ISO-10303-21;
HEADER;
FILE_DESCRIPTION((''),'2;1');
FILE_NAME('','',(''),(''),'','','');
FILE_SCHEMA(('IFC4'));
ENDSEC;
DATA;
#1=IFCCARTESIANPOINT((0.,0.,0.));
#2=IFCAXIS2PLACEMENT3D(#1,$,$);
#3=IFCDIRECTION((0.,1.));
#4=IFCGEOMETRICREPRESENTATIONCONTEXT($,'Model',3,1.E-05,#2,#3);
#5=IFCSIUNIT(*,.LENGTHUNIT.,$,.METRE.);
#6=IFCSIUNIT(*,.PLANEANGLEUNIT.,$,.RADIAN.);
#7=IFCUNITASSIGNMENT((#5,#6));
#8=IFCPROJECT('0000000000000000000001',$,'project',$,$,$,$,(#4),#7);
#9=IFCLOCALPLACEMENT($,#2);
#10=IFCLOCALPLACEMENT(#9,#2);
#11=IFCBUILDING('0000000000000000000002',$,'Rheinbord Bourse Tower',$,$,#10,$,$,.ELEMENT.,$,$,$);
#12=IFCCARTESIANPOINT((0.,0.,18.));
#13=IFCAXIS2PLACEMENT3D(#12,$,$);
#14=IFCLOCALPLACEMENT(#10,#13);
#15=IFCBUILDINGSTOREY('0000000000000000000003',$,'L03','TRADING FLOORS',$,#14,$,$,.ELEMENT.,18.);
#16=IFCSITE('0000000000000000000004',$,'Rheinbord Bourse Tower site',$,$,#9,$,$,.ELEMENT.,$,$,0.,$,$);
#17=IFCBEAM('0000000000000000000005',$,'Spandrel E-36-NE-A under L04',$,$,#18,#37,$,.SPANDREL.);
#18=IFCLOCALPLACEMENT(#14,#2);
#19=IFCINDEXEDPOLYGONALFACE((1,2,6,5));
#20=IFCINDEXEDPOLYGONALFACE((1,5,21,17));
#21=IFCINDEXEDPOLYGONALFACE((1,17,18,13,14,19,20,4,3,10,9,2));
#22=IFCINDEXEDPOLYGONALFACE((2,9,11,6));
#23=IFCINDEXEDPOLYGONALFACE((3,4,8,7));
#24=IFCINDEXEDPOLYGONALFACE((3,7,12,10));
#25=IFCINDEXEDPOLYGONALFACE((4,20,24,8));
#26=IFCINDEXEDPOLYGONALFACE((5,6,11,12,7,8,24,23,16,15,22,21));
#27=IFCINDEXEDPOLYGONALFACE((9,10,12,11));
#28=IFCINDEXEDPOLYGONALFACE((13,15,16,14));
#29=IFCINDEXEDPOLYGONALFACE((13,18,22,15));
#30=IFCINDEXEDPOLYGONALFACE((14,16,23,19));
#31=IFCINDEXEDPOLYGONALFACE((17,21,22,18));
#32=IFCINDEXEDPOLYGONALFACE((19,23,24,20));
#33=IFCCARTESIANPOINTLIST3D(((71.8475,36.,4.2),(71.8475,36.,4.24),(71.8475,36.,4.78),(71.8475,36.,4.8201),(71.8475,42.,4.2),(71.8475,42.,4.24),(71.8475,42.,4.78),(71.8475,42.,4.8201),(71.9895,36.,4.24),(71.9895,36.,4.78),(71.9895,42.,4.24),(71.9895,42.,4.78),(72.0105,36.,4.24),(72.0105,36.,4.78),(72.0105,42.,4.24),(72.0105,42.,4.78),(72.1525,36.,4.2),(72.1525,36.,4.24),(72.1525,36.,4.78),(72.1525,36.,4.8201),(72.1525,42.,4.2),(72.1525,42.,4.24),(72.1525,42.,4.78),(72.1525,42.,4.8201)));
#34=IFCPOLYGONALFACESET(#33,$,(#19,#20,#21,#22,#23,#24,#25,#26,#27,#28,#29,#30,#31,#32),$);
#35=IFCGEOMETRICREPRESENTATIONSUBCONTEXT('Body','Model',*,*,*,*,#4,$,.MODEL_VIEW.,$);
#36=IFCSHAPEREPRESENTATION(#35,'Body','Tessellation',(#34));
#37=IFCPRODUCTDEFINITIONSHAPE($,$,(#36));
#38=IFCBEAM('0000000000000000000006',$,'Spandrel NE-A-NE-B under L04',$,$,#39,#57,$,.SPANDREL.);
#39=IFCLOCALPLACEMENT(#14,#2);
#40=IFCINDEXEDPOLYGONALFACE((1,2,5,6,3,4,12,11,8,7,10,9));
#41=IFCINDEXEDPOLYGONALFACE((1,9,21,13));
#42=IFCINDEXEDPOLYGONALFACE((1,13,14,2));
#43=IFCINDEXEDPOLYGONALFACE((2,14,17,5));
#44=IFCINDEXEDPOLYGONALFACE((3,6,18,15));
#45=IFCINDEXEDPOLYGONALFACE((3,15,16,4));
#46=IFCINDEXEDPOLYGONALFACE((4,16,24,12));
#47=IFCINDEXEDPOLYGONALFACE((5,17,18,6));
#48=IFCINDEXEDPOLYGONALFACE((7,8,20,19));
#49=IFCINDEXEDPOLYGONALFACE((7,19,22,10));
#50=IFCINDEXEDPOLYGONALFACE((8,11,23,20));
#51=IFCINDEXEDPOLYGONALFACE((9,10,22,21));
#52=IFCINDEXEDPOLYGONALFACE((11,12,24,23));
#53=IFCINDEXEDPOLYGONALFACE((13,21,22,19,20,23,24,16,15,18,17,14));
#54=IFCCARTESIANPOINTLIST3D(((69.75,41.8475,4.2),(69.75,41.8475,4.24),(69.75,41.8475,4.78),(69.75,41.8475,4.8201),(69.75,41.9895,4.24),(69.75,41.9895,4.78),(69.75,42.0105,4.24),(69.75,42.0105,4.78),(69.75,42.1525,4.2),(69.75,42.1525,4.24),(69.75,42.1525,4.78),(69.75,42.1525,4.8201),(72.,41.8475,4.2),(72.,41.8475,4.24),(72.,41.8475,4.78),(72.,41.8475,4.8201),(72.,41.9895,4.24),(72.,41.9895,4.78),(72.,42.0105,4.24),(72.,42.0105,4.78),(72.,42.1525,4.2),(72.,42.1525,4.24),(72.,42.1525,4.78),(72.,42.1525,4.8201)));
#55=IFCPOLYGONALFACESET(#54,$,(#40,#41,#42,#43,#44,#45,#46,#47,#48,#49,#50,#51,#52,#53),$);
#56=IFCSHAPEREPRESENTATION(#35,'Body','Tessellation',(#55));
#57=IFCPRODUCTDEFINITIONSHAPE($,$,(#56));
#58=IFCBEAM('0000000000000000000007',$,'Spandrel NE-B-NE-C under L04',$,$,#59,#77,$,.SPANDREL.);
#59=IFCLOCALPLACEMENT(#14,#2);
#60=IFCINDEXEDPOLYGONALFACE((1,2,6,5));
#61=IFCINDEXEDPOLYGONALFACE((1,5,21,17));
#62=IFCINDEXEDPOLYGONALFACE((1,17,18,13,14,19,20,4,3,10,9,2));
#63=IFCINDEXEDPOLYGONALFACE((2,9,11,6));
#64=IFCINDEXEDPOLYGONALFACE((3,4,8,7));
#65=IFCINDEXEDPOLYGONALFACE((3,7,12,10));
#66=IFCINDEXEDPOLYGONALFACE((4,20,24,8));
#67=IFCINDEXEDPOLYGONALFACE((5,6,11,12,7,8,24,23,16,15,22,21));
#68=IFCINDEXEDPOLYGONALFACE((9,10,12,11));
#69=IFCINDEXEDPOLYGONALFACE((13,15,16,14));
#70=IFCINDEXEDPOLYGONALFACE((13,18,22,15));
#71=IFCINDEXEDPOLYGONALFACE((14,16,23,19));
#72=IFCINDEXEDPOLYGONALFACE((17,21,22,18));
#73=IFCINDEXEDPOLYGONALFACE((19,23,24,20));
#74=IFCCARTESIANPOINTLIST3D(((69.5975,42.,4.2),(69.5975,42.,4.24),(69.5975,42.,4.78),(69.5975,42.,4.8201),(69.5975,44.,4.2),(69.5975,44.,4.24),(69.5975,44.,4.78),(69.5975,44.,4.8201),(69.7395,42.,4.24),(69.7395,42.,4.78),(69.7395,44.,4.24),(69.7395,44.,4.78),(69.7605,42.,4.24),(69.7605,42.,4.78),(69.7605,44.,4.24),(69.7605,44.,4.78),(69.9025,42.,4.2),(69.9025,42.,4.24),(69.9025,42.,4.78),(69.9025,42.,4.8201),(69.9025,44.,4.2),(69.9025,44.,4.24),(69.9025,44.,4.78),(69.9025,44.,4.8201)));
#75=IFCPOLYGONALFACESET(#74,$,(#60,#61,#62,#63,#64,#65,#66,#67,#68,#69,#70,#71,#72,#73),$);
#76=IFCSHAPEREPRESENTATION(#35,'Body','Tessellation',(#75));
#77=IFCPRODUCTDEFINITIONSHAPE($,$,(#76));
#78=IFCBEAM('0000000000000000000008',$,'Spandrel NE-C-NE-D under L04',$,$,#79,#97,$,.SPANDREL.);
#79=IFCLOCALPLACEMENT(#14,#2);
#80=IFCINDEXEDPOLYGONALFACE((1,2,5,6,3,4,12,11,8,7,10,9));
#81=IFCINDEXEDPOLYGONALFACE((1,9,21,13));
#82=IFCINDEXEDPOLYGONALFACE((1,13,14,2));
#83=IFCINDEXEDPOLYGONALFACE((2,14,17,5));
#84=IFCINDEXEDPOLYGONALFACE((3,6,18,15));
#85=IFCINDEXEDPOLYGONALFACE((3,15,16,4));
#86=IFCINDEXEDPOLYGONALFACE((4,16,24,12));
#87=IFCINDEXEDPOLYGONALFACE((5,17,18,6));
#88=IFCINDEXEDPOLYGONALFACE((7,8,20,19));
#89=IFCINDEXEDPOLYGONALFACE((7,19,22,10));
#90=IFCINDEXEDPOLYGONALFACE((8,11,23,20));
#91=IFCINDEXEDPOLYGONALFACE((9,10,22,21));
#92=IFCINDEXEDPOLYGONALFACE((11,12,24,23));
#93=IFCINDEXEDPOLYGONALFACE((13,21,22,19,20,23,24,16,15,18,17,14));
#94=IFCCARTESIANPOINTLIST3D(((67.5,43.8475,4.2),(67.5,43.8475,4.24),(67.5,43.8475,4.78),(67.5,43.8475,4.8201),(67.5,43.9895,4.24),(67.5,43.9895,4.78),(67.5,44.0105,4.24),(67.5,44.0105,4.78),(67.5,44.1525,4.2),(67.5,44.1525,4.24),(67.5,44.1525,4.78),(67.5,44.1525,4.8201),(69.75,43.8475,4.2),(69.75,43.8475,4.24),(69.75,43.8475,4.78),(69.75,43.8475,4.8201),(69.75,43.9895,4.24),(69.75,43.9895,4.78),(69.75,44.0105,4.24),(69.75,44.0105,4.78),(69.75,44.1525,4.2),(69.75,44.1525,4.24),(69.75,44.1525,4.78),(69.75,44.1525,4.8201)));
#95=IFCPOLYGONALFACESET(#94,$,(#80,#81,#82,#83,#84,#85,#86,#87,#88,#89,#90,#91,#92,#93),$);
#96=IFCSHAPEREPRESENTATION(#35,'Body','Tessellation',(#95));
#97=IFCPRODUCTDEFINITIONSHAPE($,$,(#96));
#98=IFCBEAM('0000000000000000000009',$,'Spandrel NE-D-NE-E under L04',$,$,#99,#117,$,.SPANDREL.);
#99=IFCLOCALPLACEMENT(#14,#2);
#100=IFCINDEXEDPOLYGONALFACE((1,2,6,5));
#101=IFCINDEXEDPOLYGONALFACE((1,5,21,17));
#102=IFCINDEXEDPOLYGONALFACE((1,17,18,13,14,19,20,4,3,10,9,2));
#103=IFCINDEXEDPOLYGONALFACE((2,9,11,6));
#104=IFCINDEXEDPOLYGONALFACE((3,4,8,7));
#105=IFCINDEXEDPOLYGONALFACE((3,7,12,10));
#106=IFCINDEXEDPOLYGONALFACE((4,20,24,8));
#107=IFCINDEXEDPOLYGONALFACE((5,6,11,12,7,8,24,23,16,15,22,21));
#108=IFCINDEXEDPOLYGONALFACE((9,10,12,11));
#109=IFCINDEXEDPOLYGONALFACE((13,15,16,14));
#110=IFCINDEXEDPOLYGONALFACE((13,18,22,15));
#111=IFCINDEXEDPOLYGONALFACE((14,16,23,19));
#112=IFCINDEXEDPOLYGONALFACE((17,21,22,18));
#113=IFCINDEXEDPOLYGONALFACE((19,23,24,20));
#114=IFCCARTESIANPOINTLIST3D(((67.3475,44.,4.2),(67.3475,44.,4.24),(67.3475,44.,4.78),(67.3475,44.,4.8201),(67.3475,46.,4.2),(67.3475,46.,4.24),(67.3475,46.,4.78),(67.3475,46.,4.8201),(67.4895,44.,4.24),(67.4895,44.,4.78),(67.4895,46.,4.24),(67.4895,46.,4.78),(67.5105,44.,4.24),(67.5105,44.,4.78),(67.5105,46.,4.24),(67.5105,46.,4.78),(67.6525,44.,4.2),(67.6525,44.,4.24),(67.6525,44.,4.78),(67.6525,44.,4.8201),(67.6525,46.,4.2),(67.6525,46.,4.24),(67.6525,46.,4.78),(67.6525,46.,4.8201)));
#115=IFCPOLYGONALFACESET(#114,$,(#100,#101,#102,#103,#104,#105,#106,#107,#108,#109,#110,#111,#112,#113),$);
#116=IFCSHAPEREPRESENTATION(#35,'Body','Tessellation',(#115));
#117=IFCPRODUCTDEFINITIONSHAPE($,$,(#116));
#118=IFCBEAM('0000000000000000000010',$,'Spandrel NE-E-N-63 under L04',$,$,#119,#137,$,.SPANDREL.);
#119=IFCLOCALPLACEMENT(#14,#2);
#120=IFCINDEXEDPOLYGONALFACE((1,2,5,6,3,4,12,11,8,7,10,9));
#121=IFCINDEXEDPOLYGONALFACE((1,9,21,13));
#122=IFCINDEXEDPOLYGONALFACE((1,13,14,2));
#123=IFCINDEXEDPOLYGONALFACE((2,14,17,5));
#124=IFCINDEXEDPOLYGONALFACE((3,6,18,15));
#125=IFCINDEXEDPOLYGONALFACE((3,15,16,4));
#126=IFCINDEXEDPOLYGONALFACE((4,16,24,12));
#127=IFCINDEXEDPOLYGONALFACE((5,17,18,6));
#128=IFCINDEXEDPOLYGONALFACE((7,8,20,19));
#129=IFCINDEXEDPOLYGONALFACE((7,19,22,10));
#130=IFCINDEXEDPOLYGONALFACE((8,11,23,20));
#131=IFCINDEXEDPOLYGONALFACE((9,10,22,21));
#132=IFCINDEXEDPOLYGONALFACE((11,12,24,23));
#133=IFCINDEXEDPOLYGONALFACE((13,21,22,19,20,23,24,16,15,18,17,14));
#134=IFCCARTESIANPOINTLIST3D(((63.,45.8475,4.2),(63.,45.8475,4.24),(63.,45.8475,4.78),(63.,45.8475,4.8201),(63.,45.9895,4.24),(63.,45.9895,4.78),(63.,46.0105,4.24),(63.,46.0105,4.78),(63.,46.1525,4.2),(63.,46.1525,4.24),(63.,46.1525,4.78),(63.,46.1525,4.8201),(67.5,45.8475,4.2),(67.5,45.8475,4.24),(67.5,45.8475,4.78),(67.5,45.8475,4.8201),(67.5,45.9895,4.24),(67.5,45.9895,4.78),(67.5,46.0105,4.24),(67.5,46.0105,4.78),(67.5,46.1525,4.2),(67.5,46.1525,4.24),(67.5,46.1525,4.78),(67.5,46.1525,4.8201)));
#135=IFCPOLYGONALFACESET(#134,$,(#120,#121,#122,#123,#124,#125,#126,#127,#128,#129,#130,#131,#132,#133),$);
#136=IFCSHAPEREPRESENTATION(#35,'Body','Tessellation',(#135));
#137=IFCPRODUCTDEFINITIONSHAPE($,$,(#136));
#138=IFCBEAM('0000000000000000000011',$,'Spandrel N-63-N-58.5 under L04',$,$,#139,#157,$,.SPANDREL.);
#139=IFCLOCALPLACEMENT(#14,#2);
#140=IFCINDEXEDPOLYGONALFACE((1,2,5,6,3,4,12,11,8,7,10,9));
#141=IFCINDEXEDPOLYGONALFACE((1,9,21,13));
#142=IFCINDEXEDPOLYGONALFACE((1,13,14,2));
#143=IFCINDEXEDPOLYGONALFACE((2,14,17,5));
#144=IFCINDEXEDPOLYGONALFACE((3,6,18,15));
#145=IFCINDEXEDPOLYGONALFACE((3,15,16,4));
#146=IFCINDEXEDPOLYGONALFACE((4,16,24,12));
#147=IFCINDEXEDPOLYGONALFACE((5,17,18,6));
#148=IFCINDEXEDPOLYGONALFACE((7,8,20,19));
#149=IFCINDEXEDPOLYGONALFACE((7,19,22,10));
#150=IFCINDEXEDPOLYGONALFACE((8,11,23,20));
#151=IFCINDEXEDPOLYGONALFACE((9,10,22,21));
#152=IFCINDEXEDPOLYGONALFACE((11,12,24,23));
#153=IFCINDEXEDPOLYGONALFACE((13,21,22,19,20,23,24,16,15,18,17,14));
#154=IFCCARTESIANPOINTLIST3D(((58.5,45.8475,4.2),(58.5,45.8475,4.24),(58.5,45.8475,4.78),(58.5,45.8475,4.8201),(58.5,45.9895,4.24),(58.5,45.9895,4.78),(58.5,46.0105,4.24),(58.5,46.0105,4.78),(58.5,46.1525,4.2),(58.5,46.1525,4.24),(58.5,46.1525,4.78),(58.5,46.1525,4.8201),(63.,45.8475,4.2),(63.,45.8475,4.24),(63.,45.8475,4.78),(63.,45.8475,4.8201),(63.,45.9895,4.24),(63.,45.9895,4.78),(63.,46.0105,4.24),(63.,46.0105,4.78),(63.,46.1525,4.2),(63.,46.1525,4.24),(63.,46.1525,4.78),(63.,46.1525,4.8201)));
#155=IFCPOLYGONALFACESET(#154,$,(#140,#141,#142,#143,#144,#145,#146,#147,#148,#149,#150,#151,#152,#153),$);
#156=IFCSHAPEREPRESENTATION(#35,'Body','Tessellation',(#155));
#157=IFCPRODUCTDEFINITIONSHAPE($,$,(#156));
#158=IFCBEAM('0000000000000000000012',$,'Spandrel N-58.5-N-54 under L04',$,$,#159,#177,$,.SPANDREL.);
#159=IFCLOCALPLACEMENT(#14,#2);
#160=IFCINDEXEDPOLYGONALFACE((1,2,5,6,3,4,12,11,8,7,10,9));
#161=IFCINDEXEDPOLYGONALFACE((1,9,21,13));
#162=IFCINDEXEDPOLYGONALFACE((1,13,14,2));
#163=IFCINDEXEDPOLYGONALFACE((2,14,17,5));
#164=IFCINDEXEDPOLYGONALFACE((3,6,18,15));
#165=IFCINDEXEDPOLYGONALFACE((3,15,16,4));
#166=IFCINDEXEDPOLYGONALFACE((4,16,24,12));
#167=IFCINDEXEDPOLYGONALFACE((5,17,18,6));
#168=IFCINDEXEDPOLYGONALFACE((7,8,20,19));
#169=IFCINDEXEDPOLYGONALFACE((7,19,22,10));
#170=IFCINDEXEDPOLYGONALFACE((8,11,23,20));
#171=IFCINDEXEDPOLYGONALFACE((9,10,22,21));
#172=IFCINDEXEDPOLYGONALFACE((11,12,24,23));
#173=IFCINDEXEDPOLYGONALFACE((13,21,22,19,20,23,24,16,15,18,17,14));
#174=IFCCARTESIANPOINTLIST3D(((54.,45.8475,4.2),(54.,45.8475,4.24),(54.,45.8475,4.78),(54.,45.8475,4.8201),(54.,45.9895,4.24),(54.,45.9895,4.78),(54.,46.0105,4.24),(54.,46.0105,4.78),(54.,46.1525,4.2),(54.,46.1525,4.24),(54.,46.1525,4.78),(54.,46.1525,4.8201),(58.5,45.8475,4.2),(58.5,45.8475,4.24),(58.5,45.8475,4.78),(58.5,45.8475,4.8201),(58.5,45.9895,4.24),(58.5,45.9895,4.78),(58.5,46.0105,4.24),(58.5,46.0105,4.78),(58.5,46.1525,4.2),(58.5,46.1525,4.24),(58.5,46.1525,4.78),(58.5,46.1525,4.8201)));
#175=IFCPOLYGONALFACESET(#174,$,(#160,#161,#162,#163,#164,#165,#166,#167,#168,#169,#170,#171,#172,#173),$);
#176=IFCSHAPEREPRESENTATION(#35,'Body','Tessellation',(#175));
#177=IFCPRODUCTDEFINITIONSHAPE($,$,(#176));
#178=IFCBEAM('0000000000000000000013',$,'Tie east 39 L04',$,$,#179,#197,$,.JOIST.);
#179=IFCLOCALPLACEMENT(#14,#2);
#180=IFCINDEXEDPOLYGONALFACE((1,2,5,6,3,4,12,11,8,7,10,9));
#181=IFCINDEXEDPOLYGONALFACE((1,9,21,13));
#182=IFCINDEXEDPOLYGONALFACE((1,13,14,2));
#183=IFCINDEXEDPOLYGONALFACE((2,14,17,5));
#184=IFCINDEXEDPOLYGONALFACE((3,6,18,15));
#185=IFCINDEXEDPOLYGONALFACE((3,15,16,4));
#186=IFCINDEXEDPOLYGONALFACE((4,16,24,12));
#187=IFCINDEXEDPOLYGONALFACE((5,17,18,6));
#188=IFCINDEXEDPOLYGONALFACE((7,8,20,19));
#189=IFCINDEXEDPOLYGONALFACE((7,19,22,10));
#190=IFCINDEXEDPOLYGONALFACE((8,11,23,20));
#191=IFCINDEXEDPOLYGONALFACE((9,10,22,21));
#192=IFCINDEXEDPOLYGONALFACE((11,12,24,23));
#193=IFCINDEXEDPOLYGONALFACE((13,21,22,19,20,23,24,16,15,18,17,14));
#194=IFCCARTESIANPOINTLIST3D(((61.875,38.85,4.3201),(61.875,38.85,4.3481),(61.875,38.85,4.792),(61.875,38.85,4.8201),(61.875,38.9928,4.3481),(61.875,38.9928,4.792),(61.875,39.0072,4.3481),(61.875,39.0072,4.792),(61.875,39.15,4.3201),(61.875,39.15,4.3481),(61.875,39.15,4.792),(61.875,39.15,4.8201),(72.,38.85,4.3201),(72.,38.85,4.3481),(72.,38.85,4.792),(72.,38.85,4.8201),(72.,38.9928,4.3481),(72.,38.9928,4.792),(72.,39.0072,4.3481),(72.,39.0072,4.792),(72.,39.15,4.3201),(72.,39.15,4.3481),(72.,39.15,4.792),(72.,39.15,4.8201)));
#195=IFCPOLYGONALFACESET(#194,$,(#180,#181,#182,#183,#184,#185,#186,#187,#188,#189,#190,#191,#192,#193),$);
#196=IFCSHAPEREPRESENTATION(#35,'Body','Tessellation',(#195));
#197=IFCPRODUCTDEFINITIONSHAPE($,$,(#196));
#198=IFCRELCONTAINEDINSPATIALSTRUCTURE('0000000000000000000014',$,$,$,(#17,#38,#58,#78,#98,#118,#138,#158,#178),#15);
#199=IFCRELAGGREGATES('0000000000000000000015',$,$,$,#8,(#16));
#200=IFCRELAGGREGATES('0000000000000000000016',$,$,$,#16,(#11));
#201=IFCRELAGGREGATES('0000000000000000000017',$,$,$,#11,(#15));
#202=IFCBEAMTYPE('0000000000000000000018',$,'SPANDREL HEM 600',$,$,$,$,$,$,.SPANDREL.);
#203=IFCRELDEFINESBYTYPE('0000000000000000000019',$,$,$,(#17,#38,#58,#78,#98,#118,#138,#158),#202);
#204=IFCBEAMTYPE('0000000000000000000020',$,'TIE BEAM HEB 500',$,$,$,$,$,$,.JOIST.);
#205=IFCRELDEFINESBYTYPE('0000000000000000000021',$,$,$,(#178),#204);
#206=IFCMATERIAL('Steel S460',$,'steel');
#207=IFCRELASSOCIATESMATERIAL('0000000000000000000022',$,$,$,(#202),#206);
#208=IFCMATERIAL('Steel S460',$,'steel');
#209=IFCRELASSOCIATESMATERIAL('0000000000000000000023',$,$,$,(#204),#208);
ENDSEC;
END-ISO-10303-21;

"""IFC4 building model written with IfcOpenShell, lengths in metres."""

from ifc_helpers import new_model, si_unit, direction, frame, origin, origin_2d, place, context, subcontext, project, spatial, i_section, extrude, material, material_profile, profile_set, type_object, element, save


model = new_model("IFC4")

# Units and contexts
model_context = context("Model", 3, precision=1e-05, world=origin(), true_north=direction((0.0, 1.0)))
body_context = subcontext(model_context, "Body", "Model", "MODEL_VIEW")
ifc_project = project(units=[si_unit("LENGTHUNIT", "METRE"), si_unit("PLANEANGLEUNIT", "RADIAN")], contexts=[model_context])

# Site, building, storey
site_placement = place(None, origin())
site = spatial("IfcSite", under=ifc_project, at=site_placement, Name="Rheinbord Bourse Tower site", CompositionType="ELEMENT", RefElevation=0.0)
building_placement = place(site_placement, origin())
building = spatial("IfcBuilding", under=site, at=building_placement, Name="Rheinbord Bourse Tower", CompositionType="ELEMENT")
storey_placement = place(building_placement, frame((0.0, 0.0, 18.0)))
storey = spatial("IfcBuildingStorey", under=building, at=storey_placement, Name="L03", Description="TRADING FLOORS", CompositionType="ELEMENT", Elevation=18.0)

# Beams
ifc_material_1 = material(Name="Steel S460", Category="steel")
ifc_material_profile_1 = material_profile(ifc_material_1, i_section(OverallWidth=0.3049, OverallDepth=0.6201, WebThickness=0.021, FlangeThickness=0.04, at=origin_2d()), Name="HEM 600")
ifc_profile_set_1 = profile_set([ifc_material_profile_1], Name="Steel S460")
beam_type_1 = type_object("IfcBeamType", Name="SPANDREL HEM 600", PredefinedType="SPANDREL", material=ifc_profile_set_1)
beam_1_placement = place(storey_placement, frame((72.0, 36.0, 4.51), z_axis=(0.0, 1.0, 0.0), x_axis=(-1.0, 0.0, 0.0)))
element("IfcBeam", 1, at=beam_1_placement, inside=storey, type_object=beam_type_1, Name="Spandrel E-36-NE-A under L04", PredefinedType="SPANDREL", context=body_context, shape_type="SweptSolid", body=[
    extrude(i_section(OverallWidth=0.3049, OverallDepth=0.6201, WebThickness=0.021, FlangeThickness=0.04, at=origin_2d()), origin(), (0.0, 0.0, 1.0), 6.0),
])
beam_2_placement = place(storey_placement, frame((72.0, 42.0, 4.51), z_axis=(-1.0, 0.0, 0.0), x_axis=(0.0, -1.0, 0.0)))
element("IfcBeam", 2, at=beam_2_placement, inside=storey, type_object=beam_type_1, Name="Spandrel NE-A-NE-B under L04", PredefinedType="SPANDREL", context=body_context, shape_type="SweptSolid", body=[
    extrude(i_section(OverallWidth=0.3049, OverallDepth=0.6201, WebThickness=0.021, FlangeThickness=0.04, at=origin_2d()), origin(), (0.0, 0.0, 1.0), 2.25),
])
beam_3_placement = place(storey_placement, frame((69.75, 42.0, 4.51), z_axis=(0.0, 1.0, 0.0), x_axis=(-1.0, 0.0, 0.0)))
element("IfcBeam", 3, at=beam_3_placement, inside=storey, type_object=beam_type_1, Name="Spandrel NE-B-NE-C under L04", PredefinedType="SPANDREL", context=body_context, shape_type="SweptSolid", body=[
    extrude(i_section(OverallWidth=0.3049, OverallDepth=0.6201, WebThickness=0.021, FlangeThickness=0.04, at=origin_2d()), origin(), (0.0, 0.0, 1.0), 2.0),
])
beam_4_placement = place(storey_placement, frame((69.75, 44.0, 4.51), z_axis=(-1.0, 0.0, 0.0), x_axis=(0.0, -1.0, 0.0)))
element("IfcBeam", 4, at=beam_4_placement, inside=storey, type_object=beam_type_1, Name="Spandrel NE-C-NE-D under L04", PredefinedType="SPANDREL", context=body_context, shape_type="SweptSolid", body=[
    extrude(i_section(OverallWidth=0.3049, OverallDepth=0.6201, WebThickness=0.021, FlangeThickness=0.04, at=origin_2d()), origin(), (0.0, 0.0, 1.0), 2.25),
])
beam_5_placement = place(storey_placement, frame((67.5, 44.0, 4.51), z_axis=(0.0, 1.0, 0.0), x_axis=(-1.0, 0.0, 0.0)))
element("IfcBeam", 5, at=beam_5_placement, inside=storey, type_object=beam_type_1, Name="Spandrel NE-D-NE-E under L04", PredefinedType="SPANDREL", context=body_context, shape_type="SweptSolid", body=[
    extrude(i_section(OverallWidth=0.3049, OverallDepth=0.6201, WebThickness=0.021, FlangeThickness=0.04, at=origin_2d()), origin(), (0.0, 0.0, 1.0), 2.0),
])
for number, where, z_axis, x_axis, name in (
    (6, (67.5, 46.0, 4.51), (-1.0, 0.0, 0.0), (0.0, -1.0, 0.0), "Spandrel NE-E-N-63 under L04"),
    (7, (63.0, 46.0, 4.51), (-1.0, 0.0, 0.0), (0.0, -1.0, 0.0), "Spandrel N-63-N-58.5 under L04"),
    (8, (58.5, 46.0, 4.51), (-1.0, 0.0, 0.0), (0.0, -1.0, 0.0), "Spandrel N-58.5-N-54 under L04"),
):
    element("IfcBeam", number, at=place(storey_placement, frame(where, z_axis=z_axis, x_axis=x_axis)), inside=storey, type_object=beam_type_1, Name=name, PredefinedType="SPANDREL", context=body_context, shape_type="SweptSolid", body=[
        extrude(i_section(OverallWidth=0.3049, OverallDepth=0.6201, WebThickness=0.021, FlangeThickness=0.04, at=origin_2d()), origin(), (0.0, 0.0, 1.0), 4.5),
    ])
ifc_material_2 = material(Name="Steel S460", Category="steel")
ifc_material_profile_2 = material_profile(ifc_material_2, i_section(OverallWidth=0.3, OverallDepth=0.5, WebThickness=0.0144, FlangeThickness=0.0281, at=origin_2d()), Name="HEB 500")
ifc_profile_set_2 = profile_set([ifc_material_profile_2], Name="Steel S460")
beam_type_2 = type_object("IfcBeamType", Name="TIE BEAM HEB 500", PredefinedType="JOIST", material=ifc_profile_set_2)
beam_6_placement = place(storey_placement, frame((61.875, 39.0, 4.5701), z_axis=(1.0, 0.0, 0.0), x_axis=(0.0, 1.0, 0.0)))
element("IfcBeam", 9, at=beam_6_placement, inside=storey, type_object=beam_type_2, Name="Tie east 39 L04", PredefinedType="JOIST", context=body_context, shape_type="SweptSolid", body=[
    extrude(i_section(OverallWidth=0.3, OverallDepth=0.5, WebThickness=0.0144, FlangeThickness=0.0281, at=origin_2d()), origin(), (0.0, 0.0, 1.0), 10.125),
])

save(model, "model.ifc")
